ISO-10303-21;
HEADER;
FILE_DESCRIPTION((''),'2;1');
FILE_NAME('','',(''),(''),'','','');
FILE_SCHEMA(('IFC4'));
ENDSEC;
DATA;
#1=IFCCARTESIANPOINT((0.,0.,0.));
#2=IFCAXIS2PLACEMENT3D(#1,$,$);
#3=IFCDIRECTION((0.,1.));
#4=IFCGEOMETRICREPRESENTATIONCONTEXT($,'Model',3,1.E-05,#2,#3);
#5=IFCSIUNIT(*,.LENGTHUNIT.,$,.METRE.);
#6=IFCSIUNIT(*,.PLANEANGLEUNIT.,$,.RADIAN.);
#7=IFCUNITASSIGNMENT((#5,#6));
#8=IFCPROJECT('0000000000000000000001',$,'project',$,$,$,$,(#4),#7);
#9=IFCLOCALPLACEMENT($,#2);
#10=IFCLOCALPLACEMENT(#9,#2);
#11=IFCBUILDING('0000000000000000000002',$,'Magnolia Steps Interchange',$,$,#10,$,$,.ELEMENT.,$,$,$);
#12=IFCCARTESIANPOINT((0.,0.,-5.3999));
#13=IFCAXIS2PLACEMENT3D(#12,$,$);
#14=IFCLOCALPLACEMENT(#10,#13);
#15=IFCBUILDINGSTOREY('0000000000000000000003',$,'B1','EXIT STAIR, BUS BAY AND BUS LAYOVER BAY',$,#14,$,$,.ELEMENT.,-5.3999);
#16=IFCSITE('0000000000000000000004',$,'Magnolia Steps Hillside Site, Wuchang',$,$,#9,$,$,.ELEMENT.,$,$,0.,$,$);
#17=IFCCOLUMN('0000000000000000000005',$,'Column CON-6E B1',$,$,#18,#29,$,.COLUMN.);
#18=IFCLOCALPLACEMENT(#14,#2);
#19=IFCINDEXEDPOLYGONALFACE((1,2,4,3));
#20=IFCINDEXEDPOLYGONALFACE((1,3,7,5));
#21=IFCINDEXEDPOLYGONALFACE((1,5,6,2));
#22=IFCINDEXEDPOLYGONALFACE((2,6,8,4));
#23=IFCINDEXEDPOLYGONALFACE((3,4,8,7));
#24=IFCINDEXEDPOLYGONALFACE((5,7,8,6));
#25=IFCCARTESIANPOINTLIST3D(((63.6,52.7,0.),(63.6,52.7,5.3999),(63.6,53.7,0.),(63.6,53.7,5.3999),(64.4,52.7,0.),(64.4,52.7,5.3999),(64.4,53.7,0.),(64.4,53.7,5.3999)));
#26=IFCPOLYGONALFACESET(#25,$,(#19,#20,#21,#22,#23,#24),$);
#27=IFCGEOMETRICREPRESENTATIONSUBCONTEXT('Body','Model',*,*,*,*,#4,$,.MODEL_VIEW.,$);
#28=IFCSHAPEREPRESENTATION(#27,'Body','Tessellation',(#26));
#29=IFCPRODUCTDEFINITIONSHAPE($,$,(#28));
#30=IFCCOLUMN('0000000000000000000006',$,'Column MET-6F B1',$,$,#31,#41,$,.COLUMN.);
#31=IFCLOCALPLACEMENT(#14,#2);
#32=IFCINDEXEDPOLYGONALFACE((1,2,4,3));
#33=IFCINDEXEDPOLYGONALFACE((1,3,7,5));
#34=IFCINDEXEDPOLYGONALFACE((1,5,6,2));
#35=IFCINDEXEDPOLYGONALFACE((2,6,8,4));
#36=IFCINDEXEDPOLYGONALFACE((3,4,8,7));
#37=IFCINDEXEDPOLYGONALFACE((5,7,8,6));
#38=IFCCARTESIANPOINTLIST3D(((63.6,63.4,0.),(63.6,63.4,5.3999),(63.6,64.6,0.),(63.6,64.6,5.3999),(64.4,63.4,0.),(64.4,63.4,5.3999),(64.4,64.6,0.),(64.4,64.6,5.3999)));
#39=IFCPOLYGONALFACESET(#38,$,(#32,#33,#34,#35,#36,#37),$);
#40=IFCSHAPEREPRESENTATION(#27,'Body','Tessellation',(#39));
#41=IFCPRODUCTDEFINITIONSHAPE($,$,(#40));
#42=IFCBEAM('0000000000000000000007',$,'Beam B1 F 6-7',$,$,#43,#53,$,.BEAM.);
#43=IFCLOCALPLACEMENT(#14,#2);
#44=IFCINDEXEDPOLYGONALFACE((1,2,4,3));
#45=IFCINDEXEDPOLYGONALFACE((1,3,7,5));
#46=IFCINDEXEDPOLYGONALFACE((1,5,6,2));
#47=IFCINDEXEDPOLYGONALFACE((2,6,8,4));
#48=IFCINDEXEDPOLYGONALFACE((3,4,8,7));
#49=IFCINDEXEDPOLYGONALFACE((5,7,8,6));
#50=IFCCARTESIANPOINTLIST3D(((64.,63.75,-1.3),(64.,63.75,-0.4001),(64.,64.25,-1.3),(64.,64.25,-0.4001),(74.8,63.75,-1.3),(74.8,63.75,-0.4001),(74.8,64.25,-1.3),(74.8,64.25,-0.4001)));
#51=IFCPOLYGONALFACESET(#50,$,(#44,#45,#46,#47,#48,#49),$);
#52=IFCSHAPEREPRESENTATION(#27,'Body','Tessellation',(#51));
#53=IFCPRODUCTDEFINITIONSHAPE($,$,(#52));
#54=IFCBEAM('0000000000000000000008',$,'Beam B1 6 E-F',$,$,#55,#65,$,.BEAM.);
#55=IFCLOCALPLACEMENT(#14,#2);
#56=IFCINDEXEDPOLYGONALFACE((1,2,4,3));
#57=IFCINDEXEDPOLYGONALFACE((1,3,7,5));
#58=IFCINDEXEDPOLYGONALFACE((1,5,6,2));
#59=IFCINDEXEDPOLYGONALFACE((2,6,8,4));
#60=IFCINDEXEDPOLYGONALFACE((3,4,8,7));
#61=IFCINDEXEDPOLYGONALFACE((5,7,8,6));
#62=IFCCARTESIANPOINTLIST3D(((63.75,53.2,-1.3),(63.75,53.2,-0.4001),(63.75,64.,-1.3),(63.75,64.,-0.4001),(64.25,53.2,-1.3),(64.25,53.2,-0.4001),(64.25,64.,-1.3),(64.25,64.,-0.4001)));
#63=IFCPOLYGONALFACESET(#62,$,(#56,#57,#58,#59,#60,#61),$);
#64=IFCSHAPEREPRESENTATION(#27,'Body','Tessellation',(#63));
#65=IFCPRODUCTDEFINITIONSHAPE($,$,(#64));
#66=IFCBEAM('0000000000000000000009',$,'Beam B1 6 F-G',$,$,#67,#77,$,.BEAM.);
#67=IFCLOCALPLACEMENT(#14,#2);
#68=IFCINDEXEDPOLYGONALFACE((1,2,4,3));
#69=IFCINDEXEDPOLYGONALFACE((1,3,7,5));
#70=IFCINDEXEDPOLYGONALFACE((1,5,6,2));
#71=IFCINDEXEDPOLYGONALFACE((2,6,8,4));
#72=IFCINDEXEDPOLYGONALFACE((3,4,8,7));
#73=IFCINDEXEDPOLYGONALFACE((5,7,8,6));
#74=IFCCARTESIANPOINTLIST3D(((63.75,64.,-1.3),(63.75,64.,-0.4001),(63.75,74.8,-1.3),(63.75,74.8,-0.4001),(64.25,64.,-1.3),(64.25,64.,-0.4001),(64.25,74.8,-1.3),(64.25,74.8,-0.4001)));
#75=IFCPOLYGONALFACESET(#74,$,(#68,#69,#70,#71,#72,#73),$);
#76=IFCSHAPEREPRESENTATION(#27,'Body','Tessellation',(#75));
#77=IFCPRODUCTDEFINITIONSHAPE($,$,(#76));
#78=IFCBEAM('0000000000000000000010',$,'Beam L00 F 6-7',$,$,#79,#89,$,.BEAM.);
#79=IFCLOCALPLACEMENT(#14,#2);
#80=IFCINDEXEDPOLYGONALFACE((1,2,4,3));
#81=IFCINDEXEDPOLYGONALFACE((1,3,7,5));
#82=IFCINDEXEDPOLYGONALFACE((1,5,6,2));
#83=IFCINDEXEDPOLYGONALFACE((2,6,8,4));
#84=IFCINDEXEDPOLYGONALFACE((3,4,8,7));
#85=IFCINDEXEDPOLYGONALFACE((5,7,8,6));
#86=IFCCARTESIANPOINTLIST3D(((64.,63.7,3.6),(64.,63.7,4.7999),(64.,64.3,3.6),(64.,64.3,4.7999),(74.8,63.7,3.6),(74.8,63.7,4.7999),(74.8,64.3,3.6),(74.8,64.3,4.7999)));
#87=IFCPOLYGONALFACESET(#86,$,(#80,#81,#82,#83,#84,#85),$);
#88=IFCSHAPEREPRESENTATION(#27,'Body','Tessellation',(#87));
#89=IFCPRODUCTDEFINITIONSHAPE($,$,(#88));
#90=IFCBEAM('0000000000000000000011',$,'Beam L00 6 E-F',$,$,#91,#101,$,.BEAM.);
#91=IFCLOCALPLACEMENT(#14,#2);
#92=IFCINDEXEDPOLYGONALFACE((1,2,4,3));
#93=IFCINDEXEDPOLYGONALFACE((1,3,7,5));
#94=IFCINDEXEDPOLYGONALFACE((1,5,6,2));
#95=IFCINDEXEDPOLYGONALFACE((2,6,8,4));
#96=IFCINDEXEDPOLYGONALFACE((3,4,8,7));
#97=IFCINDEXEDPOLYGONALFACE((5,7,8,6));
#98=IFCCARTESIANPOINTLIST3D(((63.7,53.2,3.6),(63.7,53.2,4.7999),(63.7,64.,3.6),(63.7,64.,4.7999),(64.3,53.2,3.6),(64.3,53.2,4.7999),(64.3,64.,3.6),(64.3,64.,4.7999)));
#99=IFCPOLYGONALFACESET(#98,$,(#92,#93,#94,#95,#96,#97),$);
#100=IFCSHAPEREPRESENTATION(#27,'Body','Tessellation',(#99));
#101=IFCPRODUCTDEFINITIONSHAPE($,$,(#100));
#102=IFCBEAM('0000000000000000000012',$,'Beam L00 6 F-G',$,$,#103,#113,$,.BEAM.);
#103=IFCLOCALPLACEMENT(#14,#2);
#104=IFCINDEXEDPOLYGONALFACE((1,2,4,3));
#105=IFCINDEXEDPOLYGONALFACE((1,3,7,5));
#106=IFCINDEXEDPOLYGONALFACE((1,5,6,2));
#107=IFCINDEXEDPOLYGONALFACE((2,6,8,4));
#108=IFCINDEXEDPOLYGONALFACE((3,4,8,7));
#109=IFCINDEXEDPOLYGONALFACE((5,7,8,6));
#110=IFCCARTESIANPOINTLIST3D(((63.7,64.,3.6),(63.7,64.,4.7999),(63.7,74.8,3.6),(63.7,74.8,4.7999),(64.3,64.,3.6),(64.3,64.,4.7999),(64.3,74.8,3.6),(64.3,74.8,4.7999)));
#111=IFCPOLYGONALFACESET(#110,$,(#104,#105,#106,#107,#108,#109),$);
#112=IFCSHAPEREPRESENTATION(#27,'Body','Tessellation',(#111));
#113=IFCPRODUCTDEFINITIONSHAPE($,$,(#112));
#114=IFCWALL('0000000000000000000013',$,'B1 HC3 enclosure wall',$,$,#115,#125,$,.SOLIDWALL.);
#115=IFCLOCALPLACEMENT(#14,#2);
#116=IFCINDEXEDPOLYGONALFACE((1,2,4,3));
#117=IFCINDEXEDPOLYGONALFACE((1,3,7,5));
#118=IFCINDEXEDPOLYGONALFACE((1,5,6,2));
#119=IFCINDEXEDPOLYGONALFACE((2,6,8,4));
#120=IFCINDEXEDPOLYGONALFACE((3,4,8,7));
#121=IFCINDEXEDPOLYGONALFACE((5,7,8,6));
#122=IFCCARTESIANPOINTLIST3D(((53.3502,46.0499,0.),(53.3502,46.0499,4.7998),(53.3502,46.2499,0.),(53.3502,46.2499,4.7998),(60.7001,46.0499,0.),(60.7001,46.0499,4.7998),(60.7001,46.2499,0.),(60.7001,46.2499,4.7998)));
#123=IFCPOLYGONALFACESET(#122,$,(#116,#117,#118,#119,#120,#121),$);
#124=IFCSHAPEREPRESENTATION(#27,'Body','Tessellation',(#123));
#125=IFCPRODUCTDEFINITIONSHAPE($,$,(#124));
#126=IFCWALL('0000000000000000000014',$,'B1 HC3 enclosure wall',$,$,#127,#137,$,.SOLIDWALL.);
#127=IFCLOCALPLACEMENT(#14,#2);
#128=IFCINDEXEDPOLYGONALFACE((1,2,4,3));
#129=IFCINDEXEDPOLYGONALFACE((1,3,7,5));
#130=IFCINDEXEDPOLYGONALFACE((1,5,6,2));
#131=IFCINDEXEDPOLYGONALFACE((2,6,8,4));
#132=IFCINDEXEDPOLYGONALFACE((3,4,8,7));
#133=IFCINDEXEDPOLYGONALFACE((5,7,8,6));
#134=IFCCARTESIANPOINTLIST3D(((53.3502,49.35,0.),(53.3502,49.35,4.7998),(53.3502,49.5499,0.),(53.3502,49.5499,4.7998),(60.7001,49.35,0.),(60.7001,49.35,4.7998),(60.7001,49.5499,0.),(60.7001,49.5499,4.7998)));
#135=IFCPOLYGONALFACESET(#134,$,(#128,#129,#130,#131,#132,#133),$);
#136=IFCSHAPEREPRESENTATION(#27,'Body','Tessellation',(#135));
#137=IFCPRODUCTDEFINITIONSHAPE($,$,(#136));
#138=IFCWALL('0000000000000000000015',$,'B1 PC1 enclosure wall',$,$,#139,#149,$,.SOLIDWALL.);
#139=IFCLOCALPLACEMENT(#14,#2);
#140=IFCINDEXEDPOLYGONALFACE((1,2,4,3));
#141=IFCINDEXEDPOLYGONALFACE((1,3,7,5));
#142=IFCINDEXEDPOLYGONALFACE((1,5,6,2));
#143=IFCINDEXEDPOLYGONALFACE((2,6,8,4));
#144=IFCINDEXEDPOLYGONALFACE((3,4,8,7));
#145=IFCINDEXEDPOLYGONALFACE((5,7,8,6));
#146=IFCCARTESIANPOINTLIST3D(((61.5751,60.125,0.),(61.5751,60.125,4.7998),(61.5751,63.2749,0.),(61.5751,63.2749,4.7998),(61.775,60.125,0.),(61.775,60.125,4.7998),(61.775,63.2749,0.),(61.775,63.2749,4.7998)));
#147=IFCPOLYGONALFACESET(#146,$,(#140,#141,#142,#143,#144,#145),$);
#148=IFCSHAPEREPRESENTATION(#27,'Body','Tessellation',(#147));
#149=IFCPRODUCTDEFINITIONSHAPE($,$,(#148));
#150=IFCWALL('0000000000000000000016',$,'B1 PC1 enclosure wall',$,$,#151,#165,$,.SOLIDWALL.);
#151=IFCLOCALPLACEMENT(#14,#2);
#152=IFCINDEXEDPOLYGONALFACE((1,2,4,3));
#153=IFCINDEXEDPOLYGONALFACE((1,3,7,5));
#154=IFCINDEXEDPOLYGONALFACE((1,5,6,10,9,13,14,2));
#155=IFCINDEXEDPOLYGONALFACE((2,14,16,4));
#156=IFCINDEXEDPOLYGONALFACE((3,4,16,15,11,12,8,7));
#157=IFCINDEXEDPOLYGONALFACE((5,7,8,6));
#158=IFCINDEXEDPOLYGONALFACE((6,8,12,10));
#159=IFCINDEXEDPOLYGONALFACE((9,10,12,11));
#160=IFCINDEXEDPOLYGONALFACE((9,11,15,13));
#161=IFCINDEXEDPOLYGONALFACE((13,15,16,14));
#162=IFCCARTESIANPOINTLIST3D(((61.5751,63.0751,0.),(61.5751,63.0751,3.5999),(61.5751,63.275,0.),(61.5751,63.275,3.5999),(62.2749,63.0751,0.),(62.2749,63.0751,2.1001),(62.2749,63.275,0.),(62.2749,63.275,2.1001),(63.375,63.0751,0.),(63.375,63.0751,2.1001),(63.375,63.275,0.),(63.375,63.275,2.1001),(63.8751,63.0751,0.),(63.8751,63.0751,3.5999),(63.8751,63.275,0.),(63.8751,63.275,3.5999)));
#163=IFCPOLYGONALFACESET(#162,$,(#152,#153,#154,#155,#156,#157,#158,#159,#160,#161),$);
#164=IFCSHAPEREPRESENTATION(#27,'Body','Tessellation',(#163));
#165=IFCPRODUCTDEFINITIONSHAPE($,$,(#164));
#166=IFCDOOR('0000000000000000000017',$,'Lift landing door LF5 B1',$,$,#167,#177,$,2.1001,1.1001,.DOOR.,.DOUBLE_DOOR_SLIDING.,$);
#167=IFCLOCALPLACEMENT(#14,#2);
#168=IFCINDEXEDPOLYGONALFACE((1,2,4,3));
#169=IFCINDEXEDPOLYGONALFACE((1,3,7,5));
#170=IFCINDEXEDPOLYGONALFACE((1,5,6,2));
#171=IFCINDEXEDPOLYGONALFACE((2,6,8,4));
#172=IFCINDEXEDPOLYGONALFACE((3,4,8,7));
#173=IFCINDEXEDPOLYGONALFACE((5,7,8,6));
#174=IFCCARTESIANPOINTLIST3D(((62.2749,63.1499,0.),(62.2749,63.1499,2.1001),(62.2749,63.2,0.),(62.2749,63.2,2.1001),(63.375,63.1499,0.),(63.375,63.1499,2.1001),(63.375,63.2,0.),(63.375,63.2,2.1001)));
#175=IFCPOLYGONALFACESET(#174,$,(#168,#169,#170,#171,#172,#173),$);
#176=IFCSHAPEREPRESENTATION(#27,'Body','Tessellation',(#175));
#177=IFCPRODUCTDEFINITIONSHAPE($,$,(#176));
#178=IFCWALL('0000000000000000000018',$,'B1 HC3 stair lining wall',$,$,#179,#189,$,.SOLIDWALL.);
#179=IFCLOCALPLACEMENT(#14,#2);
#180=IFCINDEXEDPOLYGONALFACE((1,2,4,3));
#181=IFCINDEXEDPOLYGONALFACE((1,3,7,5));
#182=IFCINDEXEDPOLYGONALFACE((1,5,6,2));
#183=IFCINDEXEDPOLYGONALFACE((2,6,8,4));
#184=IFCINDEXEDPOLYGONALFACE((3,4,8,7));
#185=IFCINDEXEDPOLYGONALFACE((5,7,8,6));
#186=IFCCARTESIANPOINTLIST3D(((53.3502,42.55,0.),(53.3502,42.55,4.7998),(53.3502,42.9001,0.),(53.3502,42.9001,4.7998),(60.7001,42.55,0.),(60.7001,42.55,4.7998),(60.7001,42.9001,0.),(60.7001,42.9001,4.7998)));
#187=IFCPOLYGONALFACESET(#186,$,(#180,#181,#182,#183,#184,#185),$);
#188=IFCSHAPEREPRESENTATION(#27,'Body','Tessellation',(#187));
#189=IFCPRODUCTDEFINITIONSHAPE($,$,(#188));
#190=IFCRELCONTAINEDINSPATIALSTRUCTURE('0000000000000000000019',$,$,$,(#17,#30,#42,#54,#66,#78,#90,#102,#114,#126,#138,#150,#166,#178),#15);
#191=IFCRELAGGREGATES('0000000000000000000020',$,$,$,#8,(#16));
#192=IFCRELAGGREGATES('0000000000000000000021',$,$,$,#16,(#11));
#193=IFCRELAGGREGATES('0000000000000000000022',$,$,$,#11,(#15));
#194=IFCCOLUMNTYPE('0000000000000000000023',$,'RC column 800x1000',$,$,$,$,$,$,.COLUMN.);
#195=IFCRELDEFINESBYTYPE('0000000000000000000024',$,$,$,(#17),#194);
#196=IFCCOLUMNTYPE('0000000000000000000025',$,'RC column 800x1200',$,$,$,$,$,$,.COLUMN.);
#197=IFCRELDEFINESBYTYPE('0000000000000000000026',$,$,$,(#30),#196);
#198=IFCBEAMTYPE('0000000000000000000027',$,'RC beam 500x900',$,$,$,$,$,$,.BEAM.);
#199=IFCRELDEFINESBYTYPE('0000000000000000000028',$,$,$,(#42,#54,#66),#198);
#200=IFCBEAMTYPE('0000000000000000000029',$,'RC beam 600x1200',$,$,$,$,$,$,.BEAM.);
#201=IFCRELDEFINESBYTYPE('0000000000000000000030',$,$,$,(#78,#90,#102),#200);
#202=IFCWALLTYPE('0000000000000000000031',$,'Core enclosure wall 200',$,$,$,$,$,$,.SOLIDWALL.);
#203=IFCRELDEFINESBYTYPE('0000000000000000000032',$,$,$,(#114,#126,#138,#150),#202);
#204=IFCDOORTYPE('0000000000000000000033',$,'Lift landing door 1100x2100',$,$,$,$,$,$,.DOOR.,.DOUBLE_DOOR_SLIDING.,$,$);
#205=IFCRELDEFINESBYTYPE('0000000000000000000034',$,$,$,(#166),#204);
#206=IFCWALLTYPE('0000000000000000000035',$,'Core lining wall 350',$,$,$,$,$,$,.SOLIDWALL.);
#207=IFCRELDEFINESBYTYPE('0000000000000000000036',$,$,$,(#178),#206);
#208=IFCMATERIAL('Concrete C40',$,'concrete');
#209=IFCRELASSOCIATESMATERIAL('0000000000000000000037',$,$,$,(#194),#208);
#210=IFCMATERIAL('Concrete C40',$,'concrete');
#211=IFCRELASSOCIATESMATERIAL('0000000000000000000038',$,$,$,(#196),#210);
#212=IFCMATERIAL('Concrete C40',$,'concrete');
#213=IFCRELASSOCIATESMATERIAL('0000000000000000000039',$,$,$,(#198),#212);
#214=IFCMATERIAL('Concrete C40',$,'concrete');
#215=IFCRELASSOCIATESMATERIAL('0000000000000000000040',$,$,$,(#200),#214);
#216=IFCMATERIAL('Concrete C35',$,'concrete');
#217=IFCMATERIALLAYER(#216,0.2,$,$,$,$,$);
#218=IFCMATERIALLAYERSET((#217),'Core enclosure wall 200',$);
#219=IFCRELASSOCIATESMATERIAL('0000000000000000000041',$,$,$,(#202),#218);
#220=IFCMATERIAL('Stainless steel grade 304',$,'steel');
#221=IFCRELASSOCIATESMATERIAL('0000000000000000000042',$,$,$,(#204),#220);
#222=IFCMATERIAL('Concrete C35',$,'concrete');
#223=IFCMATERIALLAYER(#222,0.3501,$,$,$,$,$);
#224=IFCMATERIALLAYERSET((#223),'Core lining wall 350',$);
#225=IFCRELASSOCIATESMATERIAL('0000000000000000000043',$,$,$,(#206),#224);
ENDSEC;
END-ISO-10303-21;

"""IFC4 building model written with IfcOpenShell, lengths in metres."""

from ifc_helpers import new_model, si_unit, direction, frame, frame_2d, origin, origin_2d, place, context, subcontext, project, spatial, rectangle, extrude, material, layer, layer_set, material_profile, profile_set, type_object, element, fill, save


model = new_model("IFC4")

# Units and contexts
model_context = context("Model", 3, precision=1e-05, world=origin(), true_north=direction((0.0, 1.0)))
body_context = subcontext(model_context, "Body", "Model", "MODEL_VIEW")
ifc_project = project(units=[si_unit("LENGTHUNIT", "METRE"), si_unit("PLANEANGLEUNIT", "RADIAN")], contexts=[model_context])

# Site, building, storey
site_placement = place(None, origin())
site = spatial("IfcSite", under=ifc_project, at=site_placement, Name="Magnolia Steps Hillside Site, Wuchang", CompositionType="ELEMENT", RefElevation=0.0)
building_placement = place(site_placement, origin())
building = spatial("IfcBuilding", under=site, at=building_placement, Name="Magnolia Steps Interchange", CompositionType="ELEMENT")
storey_placement = place(building_placement, frame((0.0, 0.0, -5.3999)))
storey = spatial("IfcBuildingStorey", under=building, at=storey_placement, Name="B1", Description="EXIT STAIR, BUS BAY AND BUS LAYOVER BAY", CompositionType="ELEMENT", Elevation=-5.3999)

# Columns
ifc_material_1 = material(Name="Concrete C40", Category="concrete")
ifc_material_profile_1 = material_profile(ifc_material_1, rectangle(XDim=0.8, YDim=1.0, at=origin_2d()), Name="RC800x1000")
ifc_profile_set_1 = profile_set([ifc_material_profile_1], Name="Concrete C40")
column_type_1 = type_object("IfcColumnType", Name="RC column 800x1000", PredefinedType="COLUMN", material=ifc_profile_set_1)
column_1_placement = place(storey_placement, frame((64.0, 53.2, 0.0), z_axis=(0.0, 0.0, 1.0), x_axis=(1.0, 0.0, 0.0)))
element("IfcColumn", 1, at=column_1_placement, inside=storey, type_object=column_type_1, Name="Column CON-6E B1", PredefinedType="COLUMN", context=body_context, shape_type="SweptSolid", body=[
    extrude(rectangle(XDim=0.8, YDim=1.0, at=origin_2d()), origin(), (0.0, 0.0, 1.0), 5.3999),
])
ifc_material_2 = material(Name="Concrete C40", Category="concrete")
ifc_material_profile_2 = material_profile(ifc_material_2, rectangle(XDim=0.8, YDim=1.2, at=origin_2d()), Name="RC800x1200")
ifc_profile_set_2 = profile_set([ifc_material_profile_2], Name="Concrete C40")
column_type_2 = type_object("IfcColumnType", Name="RC column 800x1200", PredefinedType="COLUMN", material=ifc_profile_set_2)
column_2_placement = place(storey_placement, frame((64.0, 64.0, 0.0), z_axis=(0.0, 0.0, 1.0), x_axis=(1.0, 0.0, 0.0)))
element("IfcColumn", 2, at=column_2_placement, inside=storey, type_object=column_type_2, Name="Column MET-6F B1", PredefinedType="COLUMN", context=body_context, shape_type="SweptSolid", body=[
    extrude(rectangle(XDim=0.8, YDim=1.2, at=origin_2d()), origin(), (0.0, 0.0, 1.0), 5.3999),
])

# Beams
ifc_material_3 = material(Name="Concrete C40", Category="concrete")
ifc_material_profile_3 = material_profile(ifc_material_3, rectangle(XDim=0.5, YDim=0.8999, at=origin_2d()), Name="RC500x900")
ifc_profile_set_3 = profile_set([ifc_material_profile_3], Name="Concrete C40")
beam_type_1 = type_object("IfcBeamType", Name="RC beam 500x900", PredefinedType="BEAM", material=ifc_profile_set_3)
for number, where, z_axis, x_axis, name in (
    (3, (64.0, 64.0, -0.8501), (1.0, 0.0, 0.0), (0.0, 1.0, 0.0), "Beam B1 F 6-7"),
    (4, (64.0, 53.2, -0.8501), (0.0, 1.0, 0.0), (-1.0, 0.0, 0.0), "Beam B1 6 E-F"),
    (5, (64.0, 64.0, -0.8501), (0.0, 1.0, 0.0), (-1.0, 0.0, 0.0), "Beam B1 6 F-G"),
):
    element("IfcBeam", number, at=place(storey_placement, frame(where, z_axis=z_axis, x_axis=x_axis)), inside=storey, type_object=beam_type_1, Name=name, PredefinedType="BEAM", context=body_context, shape_type="SweptSolid", body=[
        extrude(rectangle(XDim=0.5, YDim=0.8999, at=origin_2d()), origin(), (0.0, 0.0, 1.0), 10.8),
    ])
ifc_material_4 = material(Name="Concrete C40", Category="concrete")
ifc_material_profile_4 = material_profile(ifc_material_4, rectangle(XDim=0.6001, YDim=1.2, at=origin_2d()), Name="RC600x1200")
ifc_profile_set_4 = profile_set([ifc_material_profile_4], Name="Concrete C40")
beam_type_2 = type_object("IfcBeamType", Name="RC beam 600x1200", PredefinedType="BEAM", material=ifc_profile_set_4)
for number, where, z_axis, x_axis, name in (
    (6, (64.0, 64.0, 4.2), (1.0, 0.0, 0.0), (0.0, 1.0, 0.0), "Beam L00 F 6-7"),
    (7, (64.0, 53.2, 4.2), (0.0, 1.0, 0.0), (-1.0, 0.0, 0.0), "Beam L00 6 E-F"),
    (8, (64.0, 64.0, 4.2), (0.0, 1.0, 0.0), (-1.0, 0.0, 0.0), "Beam L00 6 F-G"),
):
    element("IfcBeam", number, at=place(storey_placement, frame(where, z_axis=z_axis, x_axis=x_axis)), inside=storey, type_object=beam_type_2, Name=name, PredefinedType="BEAM", context=body_context, shape_type="SweptSolid", body=[
        extrude(rectangle(XDim=0.6001, YDim=1.2, at=origin_2d()), origin(), (0.0, 0.0, 1.0), 10.8),
    ])

# Walls
ifc_material_5 = material(Name="Concrete C35", Category="concrete")
ifc_layer_1 = layer(ifc_material_5, 0.2)
ifc_layer_set_1 = layer_set([ifc_layer_1], Name="Core enclosure wall 200")
wall_type_1 = type_object("IfcWallType", Name="Core enclosure wall 200", PredefinedType="SOLIDWALL", material=ifc_layer_set_1)
for number, where, z_axis, x_axis, name in (
    (9, (60.7, 46.1499, 0.0), (0.0, 0.0, 1.0), (-1.0, 0.0, 0.0), "B1 HC3 enclosure wall"),
    (10, (60.7, 49.45, 0.0), (0.0, 0.0, 1.0), (-1.0, 0.0, 0.0), "B1 HC3 enclosure wall"),
):
    element("IfcWall", number, at=place(storey_placement, frame(where, z_axis=z_axis, x_axis=x_axis)), inside=storey, type_object=wall_type_1, Name=name, PredefinedType="SOLIDWALL", context=body_context, shape_type="SweptSolid", body=[
        extrude(rectangle(XDim=7.3499, YDim=0.2, at=frame_2d((3.6748, 0.0))), origin(), (0.0, 0.0, 1.0), 4.7998),
    ])
wall_1_placement = place(storey_placement, frame((61.675, 60.125, 0.0), z_axis=(0.0, 0.0, 1.0), x_axis=(0.0, 1.0, 0.0)))
element("IfcWall", 11, at=wall_1_placement, inside=storey, type_object=wall_type_1, Name="B1 PC1 enclosure wall", PredefinedType="SOLIDWALL", context=body_context, shape_type="SweptSolid", body=[
    extrude(rectangle(XDim=3.1499, YDim=0.2, at=frame_2d((1.575, 0.0))), origin(), (0.0, 0.0, 1.0), 4.7998),
])

# Wall, opening, door
wall_2_placement = place(storey_placement, frame((63.875, 63.175, 0.0), z_axis=(0.0, 0.0, 1.0), x_axis=(-1.0, 0.0, 0.0)))
wall_2 = element("IfcWall", 12, at=wall_2_placement, inside=storey, type_object=wall_type_1, Name="B1 PC1 enclosure wall", PredefinedType="SOLIDWALL", context=body_context, shape_type="SweptSolid", body=[
    extrude(rectangle(XDim=2.3, YDim=0.2, at=frame_2d((1.1499, 0.0))), origin(), (0.0, 0.0, 1.0), 3.5999),
])
opening_1_placement = place(wall_2_placement, frame((0.5, 0.0, 0.0)))
opening_1 = element("IfcOpeningElement", 13, at=opening_1_placement, cuts=wall_2, PredefinedType="OPENING", context=body_context, shape_type="SweptSolid", body=[
    extrude(rectangle(XDim=1.1001, YDim=2.1001, at=frame_2d((0.55, 1.05))), frame((0.0, 0.1099, 0.0), z_axis=(0.0, -1.0, 0.0), x_axis=(1.0, 0.0, 0.0)), (0.0, 0.0, 1.0), 0.22),
])
ifc_material_6 = material(Name="Stainless steel grade 304", Category="steel")
door_type_1 = type_object("IfcDoorType", Name="Lift landing door 1100x2100", OperationType="DOUBLE_DOOR_SLIDING", PredefinedType="DOOR", material=ifc_material_6)
door_1_placement = place(opening_1_placement, frame((1.1001, 0.0, 0.0), z_axis=(0.0, 0.0, 1.0), x_axis=(-1.0, 0.0, 0.0)))
door_1 = element("IfcDoor", 14, at=door_1_placement, inside=storey, type_object=door_type_1, Name="Lift landing door LF5 B1", OperationType="DOUBLE_DOOR_SLIDING", OverallHeight=2.1001, OverallWidth=1.1001, PredefinedType="DOOR", context=body_context, shape_type="SweptSolid", body=[
    extrude(rectangle(XDim=1.1001, YDim=2.1001, at=frame_2d((0.55, 1.05))), frame((0.0, 0.0249, 0.0), z_axis=(0.0, -1.0, 0.0), x_axis=(1.0, 0.0, 0.0)), (0.0, 0.0, 1.0), 0.05),
])
fill(opening_1, door_1)

# Wall
ifc_material_7 = material(Name="Concrete C35", Category="concrete")
ifc_layer_2 = layer(ifc_material_7, 0.3501)
ifc_layer_set_2 = layer_set([ifc_layer_2], Name="Core lining wall 350")
wall_type_2 = type_object("IfcWallType", Name="Core lining wall 350", PredefinedType="SOLIDWALL", material=ifc_layer_set_2)
wall_3_placement = place(storey_placement, frame((60.7, 42.7251, 0.0), z_axis=(0.0, 0.0, 1.0), x_axis=(-1.0, 0.0, 0.0)))
element("IfcWall", 15, at=wall_3_placement, inside=storey, type_object=wall_type_2, Name="B1 HC3 stair lining wall", PredefinedType="SOLIDWALL", context=body_context, shape_type="SweptSolid", body=[
    extrude(rectangle(XDim=7.3499, YDim=0.3501, at=frame_2d((3.6748, 0.0))), origin(), (0.0, 0.0, 1.0), 4.7998),
])

save(model, "model.ifc")
